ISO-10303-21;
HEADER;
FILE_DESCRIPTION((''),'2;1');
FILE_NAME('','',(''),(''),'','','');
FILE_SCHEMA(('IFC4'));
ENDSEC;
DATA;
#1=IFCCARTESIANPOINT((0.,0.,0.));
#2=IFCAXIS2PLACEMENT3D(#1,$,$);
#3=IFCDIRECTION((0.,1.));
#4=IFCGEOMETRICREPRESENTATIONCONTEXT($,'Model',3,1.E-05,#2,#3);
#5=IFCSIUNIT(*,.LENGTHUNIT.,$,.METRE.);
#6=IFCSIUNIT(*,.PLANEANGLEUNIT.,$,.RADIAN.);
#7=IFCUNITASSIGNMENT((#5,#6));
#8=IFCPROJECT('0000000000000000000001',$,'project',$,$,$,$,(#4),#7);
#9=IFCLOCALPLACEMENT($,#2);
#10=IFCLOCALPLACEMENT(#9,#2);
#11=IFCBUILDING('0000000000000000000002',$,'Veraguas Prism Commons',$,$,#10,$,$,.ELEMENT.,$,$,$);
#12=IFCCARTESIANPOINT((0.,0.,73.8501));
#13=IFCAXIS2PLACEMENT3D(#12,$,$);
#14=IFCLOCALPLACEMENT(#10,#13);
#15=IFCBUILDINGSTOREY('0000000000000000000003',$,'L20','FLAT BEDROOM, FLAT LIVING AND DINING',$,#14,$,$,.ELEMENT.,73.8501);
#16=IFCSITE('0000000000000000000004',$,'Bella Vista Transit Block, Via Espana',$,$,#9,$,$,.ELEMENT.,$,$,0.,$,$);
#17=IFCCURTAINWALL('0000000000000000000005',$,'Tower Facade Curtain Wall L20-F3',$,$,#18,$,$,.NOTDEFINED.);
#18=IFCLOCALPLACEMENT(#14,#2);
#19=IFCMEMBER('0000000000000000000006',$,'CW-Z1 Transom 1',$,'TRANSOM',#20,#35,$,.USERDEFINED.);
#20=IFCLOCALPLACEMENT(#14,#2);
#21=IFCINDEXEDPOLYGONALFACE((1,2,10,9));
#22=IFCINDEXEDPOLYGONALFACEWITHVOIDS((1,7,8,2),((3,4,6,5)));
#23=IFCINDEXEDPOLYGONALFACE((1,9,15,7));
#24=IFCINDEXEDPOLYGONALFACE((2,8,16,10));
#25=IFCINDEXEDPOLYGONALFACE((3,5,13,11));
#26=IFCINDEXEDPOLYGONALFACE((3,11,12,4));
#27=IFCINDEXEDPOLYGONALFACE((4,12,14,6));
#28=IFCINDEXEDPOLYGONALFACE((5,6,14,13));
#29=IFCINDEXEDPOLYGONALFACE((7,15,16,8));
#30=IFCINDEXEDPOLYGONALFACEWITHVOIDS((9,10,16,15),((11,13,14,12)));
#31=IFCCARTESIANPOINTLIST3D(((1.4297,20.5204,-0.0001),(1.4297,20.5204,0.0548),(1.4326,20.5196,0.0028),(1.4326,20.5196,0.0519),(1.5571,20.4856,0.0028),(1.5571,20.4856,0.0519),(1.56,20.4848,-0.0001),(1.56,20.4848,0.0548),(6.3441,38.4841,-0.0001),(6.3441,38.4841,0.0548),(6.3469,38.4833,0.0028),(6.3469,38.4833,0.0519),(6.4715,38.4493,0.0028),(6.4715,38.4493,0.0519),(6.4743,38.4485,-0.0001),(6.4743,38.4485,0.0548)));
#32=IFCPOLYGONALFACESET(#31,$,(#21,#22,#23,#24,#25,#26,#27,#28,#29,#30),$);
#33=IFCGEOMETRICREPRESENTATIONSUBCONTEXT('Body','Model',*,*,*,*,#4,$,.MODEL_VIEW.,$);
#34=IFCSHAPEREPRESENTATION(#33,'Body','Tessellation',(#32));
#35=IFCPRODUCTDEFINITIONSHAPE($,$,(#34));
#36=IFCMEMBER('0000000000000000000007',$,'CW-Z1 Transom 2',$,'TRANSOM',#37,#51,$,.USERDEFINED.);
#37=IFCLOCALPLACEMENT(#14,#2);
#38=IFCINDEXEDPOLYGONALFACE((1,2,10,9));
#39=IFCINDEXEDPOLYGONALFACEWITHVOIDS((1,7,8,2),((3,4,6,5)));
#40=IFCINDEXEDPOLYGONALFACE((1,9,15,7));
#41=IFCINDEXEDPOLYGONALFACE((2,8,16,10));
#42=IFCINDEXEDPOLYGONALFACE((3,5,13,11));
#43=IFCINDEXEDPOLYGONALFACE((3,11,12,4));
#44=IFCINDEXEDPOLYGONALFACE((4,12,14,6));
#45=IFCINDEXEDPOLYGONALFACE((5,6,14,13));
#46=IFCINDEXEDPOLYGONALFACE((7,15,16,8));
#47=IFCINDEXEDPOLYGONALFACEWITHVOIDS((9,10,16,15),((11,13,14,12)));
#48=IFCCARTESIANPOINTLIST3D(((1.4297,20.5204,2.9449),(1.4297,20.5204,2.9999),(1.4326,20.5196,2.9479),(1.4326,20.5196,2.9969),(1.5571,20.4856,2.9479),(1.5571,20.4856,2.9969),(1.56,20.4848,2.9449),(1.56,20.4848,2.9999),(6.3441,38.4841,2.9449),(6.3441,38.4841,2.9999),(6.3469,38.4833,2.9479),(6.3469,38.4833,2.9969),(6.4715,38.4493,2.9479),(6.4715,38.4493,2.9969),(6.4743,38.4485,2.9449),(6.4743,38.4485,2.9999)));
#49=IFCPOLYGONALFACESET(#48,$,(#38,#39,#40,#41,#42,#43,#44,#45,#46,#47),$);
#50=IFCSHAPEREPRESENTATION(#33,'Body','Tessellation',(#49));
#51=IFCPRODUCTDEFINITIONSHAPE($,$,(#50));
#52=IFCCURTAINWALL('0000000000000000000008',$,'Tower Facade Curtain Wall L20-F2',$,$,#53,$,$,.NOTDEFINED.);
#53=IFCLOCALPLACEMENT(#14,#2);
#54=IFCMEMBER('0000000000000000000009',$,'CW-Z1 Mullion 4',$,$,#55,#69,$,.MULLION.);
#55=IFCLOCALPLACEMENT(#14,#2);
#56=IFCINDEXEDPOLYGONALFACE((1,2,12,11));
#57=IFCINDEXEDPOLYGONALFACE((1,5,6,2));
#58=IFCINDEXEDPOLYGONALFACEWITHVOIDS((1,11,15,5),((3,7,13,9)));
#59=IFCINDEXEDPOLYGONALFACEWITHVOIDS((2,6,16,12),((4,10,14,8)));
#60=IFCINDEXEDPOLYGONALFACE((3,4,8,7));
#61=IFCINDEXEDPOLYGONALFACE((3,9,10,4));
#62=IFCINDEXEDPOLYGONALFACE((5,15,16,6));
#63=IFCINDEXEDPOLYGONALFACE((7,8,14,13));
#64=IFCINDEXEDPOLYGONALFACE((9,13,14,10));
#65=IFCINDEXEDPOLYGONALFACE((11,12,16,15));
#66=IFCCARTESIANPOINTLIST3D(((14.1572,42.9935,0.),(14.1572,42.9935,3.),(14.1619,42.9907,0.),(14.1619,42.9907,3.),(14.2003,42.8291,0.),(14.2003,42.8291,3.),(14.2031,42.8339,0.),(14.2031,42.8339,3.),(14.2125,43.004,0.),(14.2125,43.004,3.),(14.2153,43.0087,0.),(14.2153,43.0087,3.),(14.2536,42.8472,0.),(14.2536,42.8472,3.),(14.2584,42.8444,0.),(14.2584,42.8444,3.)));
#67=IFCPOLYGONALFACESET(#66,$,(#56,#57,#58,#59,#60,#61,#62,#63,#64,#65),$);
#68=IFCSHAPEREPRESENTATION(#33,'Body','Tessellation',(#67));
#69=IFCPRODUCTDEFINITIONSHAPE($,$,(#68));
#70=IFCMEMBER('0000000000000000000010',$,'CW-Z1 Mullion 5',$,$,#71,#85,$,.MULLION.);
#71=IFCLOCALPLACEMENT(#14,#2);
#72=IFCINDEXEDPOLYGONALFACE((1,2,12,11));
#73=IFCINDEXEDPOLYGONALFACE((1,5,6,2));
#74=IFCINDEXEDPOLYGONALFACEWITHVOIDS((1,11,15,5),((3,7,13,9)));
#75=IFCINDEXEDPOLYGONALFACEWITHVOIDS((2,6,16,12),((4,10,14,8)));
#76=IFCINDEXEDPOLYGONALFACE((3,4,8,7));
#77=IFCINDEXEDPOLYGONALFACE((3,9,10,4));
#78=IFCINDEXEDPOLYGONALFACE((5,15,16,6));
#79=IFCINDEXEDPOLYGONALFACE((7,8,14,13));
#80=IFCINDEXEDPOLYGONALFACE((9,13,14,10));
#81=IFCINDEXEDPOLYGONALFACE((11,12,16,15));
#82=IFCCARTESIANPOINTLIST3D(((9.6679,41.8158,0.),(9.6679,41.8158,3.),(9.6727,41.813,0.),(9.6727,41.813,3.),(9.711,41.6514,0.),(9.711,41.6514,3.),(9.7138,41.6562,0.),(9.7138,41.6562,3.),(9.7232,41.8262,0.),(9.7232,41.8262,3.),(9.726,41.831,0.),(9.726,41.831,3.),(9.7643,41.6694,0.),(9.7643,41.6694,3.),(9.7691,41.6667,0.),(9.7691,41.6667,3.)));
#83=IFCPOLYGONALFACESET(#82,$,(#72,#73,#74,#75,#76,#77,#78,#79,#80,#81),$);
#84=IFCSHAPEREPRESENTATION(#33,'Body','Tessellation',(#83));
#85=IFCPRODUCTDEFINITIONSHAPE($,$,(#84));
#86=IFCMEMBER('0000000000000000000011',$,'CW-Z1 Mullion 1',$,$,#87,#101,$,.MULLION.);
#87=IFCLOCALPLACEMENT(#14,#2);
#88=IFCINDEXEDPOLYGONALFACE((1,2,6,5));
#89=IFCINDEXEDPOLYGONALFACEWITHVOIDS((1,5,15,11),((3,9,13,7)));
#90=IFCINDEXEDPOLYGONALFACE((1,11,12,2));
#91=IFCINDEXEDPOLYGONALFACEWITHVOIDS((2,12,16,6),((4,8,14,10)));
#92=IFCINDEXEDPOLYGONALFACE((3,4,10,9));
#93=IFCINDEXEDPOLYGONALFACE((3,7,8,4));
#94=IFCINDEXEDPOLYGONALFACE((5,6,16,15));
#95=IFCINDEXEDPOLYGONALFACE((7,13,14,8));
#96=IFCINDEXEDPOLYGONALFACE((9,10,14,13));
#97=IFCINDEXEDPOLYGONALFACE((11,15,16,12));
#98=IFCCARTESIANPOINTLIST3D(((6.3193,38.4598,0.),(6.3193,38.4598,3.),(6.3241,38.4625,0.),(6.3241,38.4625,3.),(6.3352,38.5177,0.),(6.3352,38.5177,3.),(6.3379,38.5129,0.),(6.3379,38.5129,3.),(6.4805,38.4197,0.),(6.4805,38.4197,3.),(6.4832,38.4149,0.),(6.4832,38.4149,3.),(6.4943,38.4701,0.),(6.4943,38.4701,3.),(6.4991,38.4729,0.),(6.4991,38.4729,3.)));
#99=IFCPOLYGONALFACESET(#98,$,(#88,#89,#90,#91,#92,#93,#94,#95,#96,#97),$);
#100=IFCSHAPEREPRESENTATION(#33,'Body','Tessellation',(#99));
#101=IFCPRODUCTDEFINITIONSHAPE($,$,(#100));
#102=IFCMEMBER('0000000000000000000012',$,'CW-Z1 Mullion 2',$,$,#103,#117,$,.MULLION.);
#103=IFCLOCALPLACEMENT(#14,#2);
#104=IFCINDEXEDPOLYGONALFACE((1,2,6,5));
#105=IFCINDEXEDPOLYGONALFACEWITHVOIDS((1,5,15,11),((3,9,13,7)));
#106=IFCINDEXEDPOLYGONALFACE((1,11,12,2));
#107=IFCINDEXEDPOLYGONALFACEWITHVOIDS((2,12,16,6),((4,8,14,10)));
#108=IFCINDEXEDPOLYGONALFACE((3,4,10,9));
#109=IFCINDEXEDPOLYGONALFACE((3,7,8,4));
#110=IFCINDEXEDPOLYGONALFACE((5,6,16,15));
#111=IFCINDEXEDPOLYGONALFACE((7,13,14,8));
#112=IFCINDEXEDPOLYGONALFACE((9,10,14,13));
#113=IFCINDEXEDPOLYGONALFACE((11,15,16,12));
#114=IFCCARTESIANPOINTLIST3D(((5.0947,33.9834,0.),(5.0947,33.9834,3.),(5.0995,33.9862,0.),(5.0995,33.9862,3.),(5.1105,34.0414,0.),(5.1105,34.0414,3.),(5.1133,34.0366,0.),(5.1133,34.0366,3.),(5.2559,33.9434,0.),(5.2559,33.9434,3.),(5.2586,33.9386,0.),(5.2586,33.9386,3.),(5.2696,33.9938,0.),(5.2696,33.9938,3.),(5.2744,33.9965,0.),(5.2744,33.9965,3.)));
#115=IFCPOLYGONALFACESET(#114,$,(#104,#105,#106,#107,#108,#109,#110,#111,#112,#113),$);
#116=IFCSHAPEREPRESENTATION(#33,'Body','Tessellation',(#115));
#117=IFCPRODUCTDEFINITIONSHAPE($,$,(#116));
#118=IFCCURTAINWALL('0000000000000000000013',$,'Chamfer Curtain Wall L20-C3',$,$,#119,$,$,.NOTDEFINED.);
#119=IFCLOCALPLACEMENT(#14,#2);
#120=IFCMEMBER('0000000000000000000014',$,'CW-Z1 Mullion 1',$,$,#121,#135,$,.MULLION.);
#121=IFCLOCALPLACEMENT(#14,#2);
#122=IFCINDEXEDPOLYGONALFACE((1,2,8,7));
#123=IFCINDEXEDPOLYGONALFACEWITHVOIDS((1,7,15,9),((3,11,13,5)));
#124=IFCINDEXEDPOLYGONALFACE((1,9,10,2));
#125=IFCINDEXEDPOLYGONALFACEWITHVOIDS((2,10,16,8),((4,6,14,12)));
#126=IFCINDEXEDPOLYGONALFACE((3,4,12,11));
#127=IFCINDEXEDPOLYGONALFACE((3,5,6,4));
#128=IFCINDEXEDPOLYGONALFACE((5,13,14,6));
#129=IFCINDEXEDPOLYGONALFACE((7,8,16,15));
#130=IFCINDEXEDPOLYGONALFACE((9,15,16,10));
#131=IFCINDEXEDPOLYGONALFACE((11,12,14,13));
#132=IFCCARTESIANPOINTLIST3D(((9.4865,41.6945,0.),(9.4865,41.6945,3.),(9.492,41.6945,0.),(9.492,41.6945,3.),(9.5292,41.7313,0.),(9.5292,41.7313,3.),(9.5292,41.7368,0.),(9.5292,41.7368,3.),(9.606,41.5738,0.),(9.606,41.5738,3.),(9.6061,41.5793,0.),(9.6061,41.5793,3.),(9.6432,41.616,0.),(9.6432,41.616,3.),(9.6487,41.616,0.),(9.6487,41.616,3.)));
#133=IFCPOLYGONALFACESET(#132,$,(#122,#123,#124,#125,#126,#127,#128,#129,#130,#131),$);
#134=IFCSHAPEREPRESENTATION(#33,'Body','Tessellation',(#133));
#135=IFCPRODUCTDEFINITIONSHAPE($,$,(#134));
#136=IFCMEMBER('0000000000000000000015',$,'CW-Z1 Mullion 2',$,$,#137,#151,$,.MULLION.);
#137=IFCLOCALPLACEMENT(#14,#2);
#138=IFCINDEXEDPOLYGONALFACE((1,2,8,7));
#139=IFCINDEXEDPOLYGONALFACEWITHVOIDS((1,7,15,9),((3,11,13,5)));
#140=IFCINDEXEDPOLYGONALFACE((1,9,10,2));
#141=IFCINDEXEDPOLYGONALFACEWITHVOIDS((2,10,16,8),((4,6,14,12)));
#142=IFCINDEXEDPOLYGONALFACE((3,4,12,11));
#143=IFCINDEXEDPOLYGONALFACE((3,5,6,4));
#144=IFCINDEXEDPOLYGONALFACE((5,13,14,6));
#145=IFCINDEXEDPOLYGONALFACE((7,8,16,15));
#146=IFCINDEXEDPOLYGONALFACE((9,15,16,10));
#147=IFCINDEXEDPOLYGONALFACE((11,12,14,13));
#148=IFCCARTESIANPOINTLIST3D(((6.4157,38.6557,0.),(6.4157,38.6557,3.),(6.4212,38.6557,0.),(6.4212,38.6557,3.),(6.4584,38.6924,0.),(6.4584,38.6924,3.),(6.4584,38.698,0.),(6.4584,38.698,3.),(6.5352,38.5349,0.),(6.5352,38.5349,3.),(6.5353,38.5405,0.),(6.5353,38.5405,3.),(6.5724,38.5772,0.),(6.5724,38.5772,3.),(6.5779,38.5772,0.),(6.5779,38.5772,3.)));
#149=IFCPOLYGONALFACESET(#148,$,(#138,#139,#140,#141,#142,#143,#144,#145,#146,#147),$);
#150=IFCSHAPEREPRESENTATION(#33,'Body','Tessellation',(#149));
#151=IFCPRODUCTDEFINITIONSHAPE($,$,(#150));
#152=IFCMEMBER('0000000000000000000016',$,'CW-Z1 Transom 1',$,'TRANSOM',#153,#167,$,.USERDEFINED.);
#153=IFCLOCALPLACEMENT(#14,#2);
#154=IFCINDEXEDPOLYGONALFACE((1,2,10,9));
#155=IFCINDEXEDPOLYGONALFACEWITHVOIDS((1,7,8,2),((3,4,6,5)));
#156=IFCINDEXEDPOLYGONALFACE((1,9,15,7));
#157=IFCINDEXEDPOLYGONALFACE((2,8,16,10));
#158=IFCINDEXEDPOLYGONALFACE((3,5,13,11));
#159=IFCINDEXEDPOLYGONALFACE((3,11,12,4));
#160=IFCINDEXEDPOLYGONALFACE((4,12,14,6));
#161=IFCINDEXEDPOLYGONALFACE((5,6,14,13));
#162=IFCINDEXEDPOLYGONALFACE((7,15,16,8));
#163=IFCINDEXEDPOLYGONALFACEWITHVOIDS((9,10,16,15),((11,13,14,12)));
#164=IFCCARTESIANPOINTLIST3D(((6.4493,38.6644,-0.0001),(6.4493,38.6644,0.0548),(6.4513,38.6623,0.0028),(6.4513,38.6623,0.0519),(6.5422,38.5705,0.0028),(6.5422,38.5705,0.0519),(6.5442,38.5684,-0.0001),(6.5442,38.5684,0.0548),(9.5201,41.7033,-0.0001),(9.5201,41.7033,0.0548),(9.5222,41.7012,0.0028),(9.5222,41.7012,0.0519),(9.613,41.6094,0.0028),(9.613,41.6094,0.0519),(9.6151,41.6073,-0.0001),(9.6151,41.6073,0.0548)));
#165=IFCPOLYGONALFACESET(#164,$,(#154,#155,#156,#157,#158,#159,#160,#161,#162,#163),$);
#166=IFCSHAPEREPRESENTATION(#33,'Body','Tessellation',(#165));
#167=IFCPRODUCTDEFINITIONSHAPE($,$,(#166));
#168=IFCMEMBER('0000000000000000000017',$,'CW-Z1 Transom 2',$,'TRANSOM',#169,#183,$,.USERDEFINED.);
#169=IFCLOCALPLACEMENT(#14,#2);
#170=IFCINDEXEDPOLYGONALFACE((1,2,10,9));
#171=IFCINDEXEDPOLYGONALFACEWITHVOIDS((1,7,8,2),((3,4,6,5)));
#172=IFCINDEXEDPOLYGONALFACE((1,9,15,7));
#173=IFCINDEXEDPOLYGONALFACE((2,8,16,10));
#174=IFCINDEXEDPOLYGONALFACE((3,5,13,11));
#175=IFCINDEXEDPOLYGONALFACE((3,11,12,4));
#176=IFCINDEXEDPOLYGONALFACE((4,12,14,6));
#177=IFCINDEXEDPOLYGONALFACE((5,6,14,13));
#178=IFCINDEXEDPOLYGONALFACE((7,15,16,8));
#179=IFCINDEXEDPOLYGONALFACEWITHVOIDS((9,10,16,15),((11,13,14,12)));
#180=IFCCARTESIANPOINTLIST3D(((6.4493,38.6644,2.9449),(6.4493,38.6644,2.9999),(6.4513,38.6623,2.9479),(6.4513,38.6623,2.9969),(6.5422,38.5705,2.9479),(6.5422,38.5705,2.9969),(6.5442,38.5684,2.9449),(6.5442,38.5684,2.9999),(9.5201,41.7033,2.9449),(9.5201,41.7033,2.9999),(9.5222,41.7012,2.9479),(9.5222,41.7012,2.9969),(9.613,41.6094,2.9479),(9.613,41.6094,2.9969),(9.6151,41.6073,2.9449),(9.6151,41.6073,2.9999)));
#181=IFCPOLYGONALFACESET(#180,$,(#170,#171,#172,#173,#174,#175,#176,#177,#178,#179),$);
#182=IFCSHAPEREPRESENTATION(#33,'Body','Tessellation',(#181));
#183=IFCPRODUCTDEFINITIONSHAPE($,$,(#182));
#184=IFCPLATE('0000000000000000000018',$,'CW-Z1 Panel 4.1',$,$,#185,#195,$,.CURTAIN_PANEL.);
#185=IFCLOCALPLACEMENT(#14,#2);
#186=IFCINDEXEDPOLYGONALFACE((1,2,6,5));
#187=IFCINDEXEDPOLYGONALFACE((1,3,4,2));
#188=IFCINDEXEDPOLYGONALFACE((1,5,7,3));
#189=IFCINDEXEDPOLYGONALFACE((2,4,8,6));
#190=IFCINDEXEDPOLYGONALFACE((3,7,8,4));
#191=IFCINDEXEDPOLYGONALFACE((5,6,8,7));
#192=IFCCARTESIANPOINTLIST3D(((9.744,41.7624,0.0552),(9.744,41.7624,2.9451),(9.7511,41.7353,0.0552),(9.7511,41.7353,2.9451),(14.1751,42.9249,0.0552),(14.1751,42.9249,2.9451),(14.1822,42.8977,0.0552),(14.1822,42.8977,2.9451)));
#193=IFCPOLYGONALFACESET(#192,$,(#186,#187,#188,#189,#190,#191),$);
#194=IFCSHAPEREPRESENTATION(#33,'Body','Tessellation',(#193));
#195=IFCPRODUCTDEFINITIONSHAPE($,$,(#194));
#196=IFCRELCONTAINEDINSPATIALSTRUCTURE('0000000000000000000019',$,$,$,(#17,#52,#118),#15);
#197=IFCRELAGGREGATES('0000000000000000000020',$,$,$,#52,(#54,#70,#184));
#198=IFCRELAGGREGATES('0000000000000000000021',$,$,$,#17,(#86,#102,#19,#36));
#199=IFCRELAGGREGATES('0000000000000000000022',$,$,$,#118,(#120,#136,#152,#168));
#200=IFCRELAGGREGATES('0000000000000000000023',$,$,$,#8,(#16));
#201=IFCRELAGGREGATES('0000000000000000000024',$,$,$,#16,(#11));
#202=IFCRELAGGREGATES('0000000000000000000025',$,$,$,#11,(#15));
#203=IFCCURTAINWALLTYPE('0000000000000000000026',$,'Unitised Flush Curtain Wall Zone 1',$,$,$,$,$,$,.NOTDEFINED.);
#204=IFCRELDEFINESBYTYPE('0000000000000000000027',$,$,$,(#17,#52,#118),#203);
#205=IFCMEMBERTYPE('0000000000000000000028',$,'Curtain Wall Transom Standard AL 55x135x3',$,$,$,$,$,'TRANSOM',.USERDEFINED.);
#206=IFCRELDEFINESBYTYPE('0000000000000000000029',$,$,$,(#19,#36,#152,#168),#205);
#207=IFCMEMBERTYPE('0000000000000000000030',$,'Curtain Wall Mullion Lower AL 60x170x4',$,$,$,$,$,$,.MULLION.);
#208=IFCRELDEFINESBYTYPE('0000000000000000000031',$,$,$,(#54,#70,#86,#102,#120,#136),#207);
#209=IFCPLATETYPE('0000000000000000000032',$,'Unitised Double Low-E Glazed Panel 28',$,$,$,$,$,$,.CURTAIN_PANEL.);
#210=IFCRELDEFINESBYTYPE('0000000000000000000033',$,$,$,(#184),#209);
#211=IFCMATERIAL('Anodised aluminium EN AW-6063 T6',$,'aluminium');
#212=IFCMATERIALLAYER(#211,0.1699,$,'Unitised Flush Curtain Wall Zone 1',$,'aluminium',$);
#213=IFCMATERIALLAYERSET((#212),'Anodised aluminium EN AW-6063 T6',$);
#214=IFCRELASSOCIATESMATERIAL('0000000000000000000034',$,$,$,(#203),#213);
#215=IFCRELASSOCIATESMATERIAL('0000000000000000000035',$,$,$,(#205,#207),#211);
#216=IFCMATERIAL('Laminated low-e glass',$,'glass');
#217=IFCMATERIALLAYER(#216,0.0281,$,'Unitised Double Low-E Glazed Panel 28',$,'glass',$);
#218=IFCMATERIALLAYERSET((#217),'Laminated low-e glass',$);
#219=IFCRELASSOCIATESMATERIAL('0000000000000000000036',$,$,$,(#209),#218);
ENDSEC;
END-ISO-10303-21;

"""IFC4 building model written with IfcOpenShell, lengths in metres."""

from ifc_helpers import new_model, si_unit, direction, frame, origin, origin_2d, place, context, subcontext, project, spatial, rectangle, hollow_rectangle, extrude, source, transform, mapped, material, layer, layer_set, material_profile, profile_set, type_object, element, aggregate, save


model = new_model("IFC4")

# Units and contexts
model_context = context("Model", 3, precision=1e-05, world=origin(), true_north=direction((0.0, 1.0)))
body_context = subcontext(model_context, "Body", "Model", "MODEL_VIEW")
ifc_project = project(units=[si_unit("LENGTHUNIT", "METRE"), si_unit("PLANEANGLEUNIT", "RADIAN")], contexts=[model_context])

# Site, building, storey
site_placement = place(None, origin())
site = spatial("IfcSite", under=ifc_project, at=site_placement, Name="Bella Vista Transit Block, Via Espana", CompositionType="ELEMENT", RefElevation=0.0)
building_placement = place(site_placement, origin())
building = spatial("IfcBuilding", under=site, at=building_placement, Name="Veraguas Prism Commons", CompositionType="ELEMENT")
storey_placement = place(building_placement, frame((0.0, 0.0, 73.8501)))
storey = spatial("IfcBuildingStorey", under=building, at=storey_placement, Name="L20", Description="FLAT BEDROOM, FLAT LIVING AND DINING", CompositionType="ELEMENT", Elevation=73.8501)

# Curtain walls, members
ifc_material_1 = material(Name="Anodised aluminium EN AW-6063 T6", Category="aluminium")
ifc_layer_1 = layer(ifc_material_1, 0.1699, Name="Unitised Flush Curtain Wall Zone 1", Category="aluminium")
ifc_layer_set_1 = layer_set([ifc_layer_1], Name="Anodised aluminium EN AW-6063 T6")
curtain_wall_type = type_object("IfcCurtainWallType", Name="Unitised Flush Curtain Wall Zone 1", PredefinedType="NOTDEFINED", material=ifc_layer_set_1)
curtain_wall_1_placement = place(storey_placement, origin())
curtain_wall_1 = element("IfcCurtainWall", 1, at=curtain_wall_1_placement, inside=storey, type_object=curtain_wall_type, Name="Tower Facade Curtain Wall L20-F3", PredefinedType="NOTDEFINED")
ifc_material_profile_1 = material_profile(ifc_material_1, hollow_rectangle(XDim=0.0549, YDim=0.135, WallThickness=0.0029, at=origin_2d()), Name="AL55X135X3")
ifc_profile_set_1 = profile_set([ifc_material_profile_1], Name="Anodised aluminium EN AW-6063 T6")
member_type_1 = type_object("IfcMemberType", Name="Curtain Wall Transom Standard AL 55x135x3", ElementType="TRANSOM", PredefinedType="USERDEFINED", material=ifc_profile_set_1)
shared_shape_1 = source(origin(), body_context, "Body", "SweptSolid", [
    extrude(hollow_rectangle(XDim=0.0549, YDim=0.135, WallThickness=0.0029, at=origin_2d()), origin(), (0.0, 0.0, 1.0), 18.6238),
])
member_1_placement = place(storey_placement, frame((6.4092, 38.4663, 0.0273), z_axis=(-0.263874, -0.964557, 0.0), x_axis=(0.0, 0.0, 1.0)))
member_1 = element("IfcMember", 2, at=member_1_placement, type_object=member_type_1, Name="CW-Z1 Transom 1", ObjectType="TRANSOM", PredefinedType="USERDEFINED", context=body_context, shape_type="MappedRepresentation", body=[
    mapped(shared_shape_1, transform((0.0, 0.0, 0.0), scale=1.0)),
])
member_2_placement = place(storey_placement, frame((6.4092, 38.4663, 2.9724), z_axis=(-0.263874, -0.964557, 0.0), x_axis=(0.0, 0.0, 1.0)))
member_2 = element("IfcMember", 3, at=member_2_placement, type_object=member_type_1, Name="CW-Z1 Transom 2", ObjectType="TRANSOM", PredefinedType="USERDEFINED", context=body_context, shape_type="MappedRepresentation", body=[
    mapped(shared_shape_1, transform((0.0, 0.0, 0.0), scale=1.0)),
])
curtain_wall_2_placement = place(storey_placement, origin())
curtain_wall_2 = element("IfcCurtainWall", 4, at=curtain_wall_2_placement, inside=storey, type_object=curtain_wall_type, Name="Tower Facade Curtain Wall L20-F2", PredefinedType="NOTDEFINED")
ifc_material_profile_2 = material_profile(ifc_material_1, hollow_rectangle(XDim=0.0601, YDim=0.1699, WallThickness=0.0039, at=origin_2d()), Name="AL60X170X4")
ifc_profile_set_2 = profile_set([ifc_material_profile_2], Name="Anodised aluminium EN AW-6063 T6")
member_type_2 = type_object("IfcMemberType", Name="Curtain Wall Mullion Lower AL 60x170x4", PredefinedType="MULLION", material=ifc_profile_set_2)
shared_shape_2 = source(origin(), body_context, "Body", "SweptSolid", [
    extrude(hollow_rectangle(XDim=0.0601, YDim=0.1699, WallThickness=0.0039, at=origin_2d()), origin(), (0.0, 0.0, 1.0), 3.0),
])
member_3_placement = place(storey_placement, frame((14.2078, 42.9189, 0.0), z_axis=(0.0, 0.0, 1.0), x_axis=(-0.967267, -0.25376, 0.0)))
member_3 = element("IfcMember", 5, at=member_3_placement, type_object=member_type_2, Name="CW-Z1 Mullion 4", PredefinedType="MULLION", context=body_context, shape_type="MappedRepresentation", body=[
    mapped(shared_shape_2, transform((0.0, 0.0, 0.0), scale=1.0)),
])
member_4_placement = place(storey_placement, frame((9.7185, 41.7412, 0.0), z_axis=(0.0, 0.0, 1.0), x_axis=(-0.967267, -0.25376, 0.0)))
member_4 = element("IfcMember", 6, at=member_4_placement, type_object=member_type_2, Name="CW-Z1 Mullion 5", PredefinedType="MULLION", context=body_context, shape_type="MappedRepresentation", body=[
    mapped(shared_shape_2, transform((0.0, 0.0, 0.0), scale=1.0)),
])

# Members
member_5_placement = place(storey_placement, frame((6.4092, 38.4663, 0.0), z_axis=(0.0, 0.0, 1.0), x_axis=(-0.26388, -0.964556, 0.0)))
member_5 = element("IfcMember", 7, at=member_5_placement, type_object=member_type_2, Name="CW-Z1 Mullion 1", PredefinedType="MULLION", context=body_context, shape_type="MappedRepresentation", body=[
    mapped(shared_shape_2, transform((0.0, 0.0, 0.0), scale=1.0)),
])
member_6_placement = place(storey_placement, frame((5.1846, 33.99, 0.0), z_axis=(0.0, 0.0, 1.0), x_axis=(-0.26388, -0.964556, 0.0)))
member_6 = element("IfcMember", 8, at=member_6_placement, type_object=member_type_2, Name="CW-Z1 Mullion 2", PredefinedType="MULLION", context=body_context, shape_type="MappedRepresentation", body=[
    mapped(shared_shape_2, transform((0.0, 0.0, 0.0), scale=1.0)),
])

# Curtain wall, members
curtain_wall_3_placement = place(storey_placement, origin())
curtain_wall_3 = element("IfcCurtainWall", 9, at=curtain_wall_3_placement, inside=storey, type_object=curtain_wall_type, Name="Chamfer Curtain Wall L20-C3", PredefinedType="NOTDEFINED")
member_7_placement = place(storey_placement, frame((9.5676, 41.6553, 0.0), z_axis=(0.0, 0.0, 1.0), x_axis=(-0.710807, -0.703387, 0.0)))
member_7 = element("IfcMember", 10, at=member_7_placement, type_object=member_type_2, Name="CW-Z1 Mullion 1", PredefinedType="MULLION", context=body_context, shape_type="MappedRepresentation", body=[
    mapped(shared_shape_2, transform((0.0, 0.0, 0.0), scale=1.0)),
])
member_8_placement = place(storey_placement, frame((6.4968, 38.6165, 0.0), z_axis=(0.0, 0.0, 1.0), x_axis=(-0.710807, -0.703387, 0.0)))
member_8 = element("IfcMember", 11, at=member_8_placement, type_object=member_type_2, Name="CW-Z1 Mullion 2", PredefinedType="MULLION", context=body_context, shape_type="MappedRepresentation", body=[
    mapped(shared_shape_2, transform((0.0, 0.0, 0.0), scale=1.0)),
])
shared_shape_3 = source(origin(), body_context, "Body", "SweptSolid", [
    extrude(hollow_rectangle(XDim=0.0549, YDim=0.135, WallThickness=0.0029, at=origin_2d()), origin(), (0.0, 0.0, 1.0), 4.3203),
])
member_9_placement = place(storey_placement, frame((9.5676, 41.6553, 0.0273), z_axis=(-0.710799, -0.703396, 0.0), x_axis=(0.0, 0.0, 1.0)))
member_9 = element("IfcMember", 12, at=member_9_placement, type_object=member_type_1, Name="CW-Z1 Transom 1", ObjectType="TRANSOM", PredefinedType="USERDEFINED", context=body_context, shape_type="MappedRepresentation", body=[
    mapped(shared_shape_3, transform((0.0, 0.0, 0.0), scale=1.0)),
])
member_10_placement = place(storey_placement, frame((9.5676, 41.6553, 2.9724), z_axis=(-0.710799, -0.703396, 0.0), x_axis=(0.0, 0.0, 1.0)))
member_10 = element("IfcMember", 13, at=member_10_placement, type_object=member_type_1, Name="CW-Z1 Transom 2", ObjectType="TRANSOM", PredefinedType="USERDEFINED", context=body_context, shape_type="MappedRepresentation", body=[
    mapped(shared_shape_3, transform((0.0, 0.0, 0.0), scale=1.0)),
])

# Plate
ifc_material_2 = material(Name="Laminated low-e glass", Category="glass")
ifc_layer_2 = layer(ifc_material_2, 0.0281, Name="Unitised Double Low-E Glazed Panel 28", Category="glass")
ifc_layer_set_2 = layer_set([ifc_layer_2], Name="Laminated low-e glass")
plate_type = type_object("IfcPlateType", Name="Unitised Double Low-E Glazed Panel 28", PredefinedType="CURTAIN_PANEL", material=ifc_layer_set_2)
shared_shape_4 = source(origin(), body_context, "Body", "SweptSolid", [
    extrude(rectangle(XDim=4.5811, YDim=0.0281, at=origin_2d()), origin(), (0.0, 0.0, 1.0), 2.8899),
])
plate_1_placement = place(storey_placement, frame((11.9631, 42.3301, 0.0552), z_axis=(0.0, 0.0, 1.0), x_axis=(-0.967267, -0.25376, 0.0)))
plate_1 = element("IfcPlate", 14, at=plate_1_placement, type_object=plate_type, Name="CW-Z1 Panel 4.1", PredefinedType="CURTAIN_PANEL", context=body_context, shape_type="MappedRepresentation", body=[
    mapped(shared_shape_4, transform((0.0, 0.0, 0.0), scale=1.0)),
])
aggregate(curtain_wall_2, [member_3, member_4, plate_1])
aggregate(curtain_wall_1, [member_5, member_6, member_1, member_2])
aggregate(curtain_wall_3, [member_7, member_8, member_9, member_10])

save(model, "model.ifc")
